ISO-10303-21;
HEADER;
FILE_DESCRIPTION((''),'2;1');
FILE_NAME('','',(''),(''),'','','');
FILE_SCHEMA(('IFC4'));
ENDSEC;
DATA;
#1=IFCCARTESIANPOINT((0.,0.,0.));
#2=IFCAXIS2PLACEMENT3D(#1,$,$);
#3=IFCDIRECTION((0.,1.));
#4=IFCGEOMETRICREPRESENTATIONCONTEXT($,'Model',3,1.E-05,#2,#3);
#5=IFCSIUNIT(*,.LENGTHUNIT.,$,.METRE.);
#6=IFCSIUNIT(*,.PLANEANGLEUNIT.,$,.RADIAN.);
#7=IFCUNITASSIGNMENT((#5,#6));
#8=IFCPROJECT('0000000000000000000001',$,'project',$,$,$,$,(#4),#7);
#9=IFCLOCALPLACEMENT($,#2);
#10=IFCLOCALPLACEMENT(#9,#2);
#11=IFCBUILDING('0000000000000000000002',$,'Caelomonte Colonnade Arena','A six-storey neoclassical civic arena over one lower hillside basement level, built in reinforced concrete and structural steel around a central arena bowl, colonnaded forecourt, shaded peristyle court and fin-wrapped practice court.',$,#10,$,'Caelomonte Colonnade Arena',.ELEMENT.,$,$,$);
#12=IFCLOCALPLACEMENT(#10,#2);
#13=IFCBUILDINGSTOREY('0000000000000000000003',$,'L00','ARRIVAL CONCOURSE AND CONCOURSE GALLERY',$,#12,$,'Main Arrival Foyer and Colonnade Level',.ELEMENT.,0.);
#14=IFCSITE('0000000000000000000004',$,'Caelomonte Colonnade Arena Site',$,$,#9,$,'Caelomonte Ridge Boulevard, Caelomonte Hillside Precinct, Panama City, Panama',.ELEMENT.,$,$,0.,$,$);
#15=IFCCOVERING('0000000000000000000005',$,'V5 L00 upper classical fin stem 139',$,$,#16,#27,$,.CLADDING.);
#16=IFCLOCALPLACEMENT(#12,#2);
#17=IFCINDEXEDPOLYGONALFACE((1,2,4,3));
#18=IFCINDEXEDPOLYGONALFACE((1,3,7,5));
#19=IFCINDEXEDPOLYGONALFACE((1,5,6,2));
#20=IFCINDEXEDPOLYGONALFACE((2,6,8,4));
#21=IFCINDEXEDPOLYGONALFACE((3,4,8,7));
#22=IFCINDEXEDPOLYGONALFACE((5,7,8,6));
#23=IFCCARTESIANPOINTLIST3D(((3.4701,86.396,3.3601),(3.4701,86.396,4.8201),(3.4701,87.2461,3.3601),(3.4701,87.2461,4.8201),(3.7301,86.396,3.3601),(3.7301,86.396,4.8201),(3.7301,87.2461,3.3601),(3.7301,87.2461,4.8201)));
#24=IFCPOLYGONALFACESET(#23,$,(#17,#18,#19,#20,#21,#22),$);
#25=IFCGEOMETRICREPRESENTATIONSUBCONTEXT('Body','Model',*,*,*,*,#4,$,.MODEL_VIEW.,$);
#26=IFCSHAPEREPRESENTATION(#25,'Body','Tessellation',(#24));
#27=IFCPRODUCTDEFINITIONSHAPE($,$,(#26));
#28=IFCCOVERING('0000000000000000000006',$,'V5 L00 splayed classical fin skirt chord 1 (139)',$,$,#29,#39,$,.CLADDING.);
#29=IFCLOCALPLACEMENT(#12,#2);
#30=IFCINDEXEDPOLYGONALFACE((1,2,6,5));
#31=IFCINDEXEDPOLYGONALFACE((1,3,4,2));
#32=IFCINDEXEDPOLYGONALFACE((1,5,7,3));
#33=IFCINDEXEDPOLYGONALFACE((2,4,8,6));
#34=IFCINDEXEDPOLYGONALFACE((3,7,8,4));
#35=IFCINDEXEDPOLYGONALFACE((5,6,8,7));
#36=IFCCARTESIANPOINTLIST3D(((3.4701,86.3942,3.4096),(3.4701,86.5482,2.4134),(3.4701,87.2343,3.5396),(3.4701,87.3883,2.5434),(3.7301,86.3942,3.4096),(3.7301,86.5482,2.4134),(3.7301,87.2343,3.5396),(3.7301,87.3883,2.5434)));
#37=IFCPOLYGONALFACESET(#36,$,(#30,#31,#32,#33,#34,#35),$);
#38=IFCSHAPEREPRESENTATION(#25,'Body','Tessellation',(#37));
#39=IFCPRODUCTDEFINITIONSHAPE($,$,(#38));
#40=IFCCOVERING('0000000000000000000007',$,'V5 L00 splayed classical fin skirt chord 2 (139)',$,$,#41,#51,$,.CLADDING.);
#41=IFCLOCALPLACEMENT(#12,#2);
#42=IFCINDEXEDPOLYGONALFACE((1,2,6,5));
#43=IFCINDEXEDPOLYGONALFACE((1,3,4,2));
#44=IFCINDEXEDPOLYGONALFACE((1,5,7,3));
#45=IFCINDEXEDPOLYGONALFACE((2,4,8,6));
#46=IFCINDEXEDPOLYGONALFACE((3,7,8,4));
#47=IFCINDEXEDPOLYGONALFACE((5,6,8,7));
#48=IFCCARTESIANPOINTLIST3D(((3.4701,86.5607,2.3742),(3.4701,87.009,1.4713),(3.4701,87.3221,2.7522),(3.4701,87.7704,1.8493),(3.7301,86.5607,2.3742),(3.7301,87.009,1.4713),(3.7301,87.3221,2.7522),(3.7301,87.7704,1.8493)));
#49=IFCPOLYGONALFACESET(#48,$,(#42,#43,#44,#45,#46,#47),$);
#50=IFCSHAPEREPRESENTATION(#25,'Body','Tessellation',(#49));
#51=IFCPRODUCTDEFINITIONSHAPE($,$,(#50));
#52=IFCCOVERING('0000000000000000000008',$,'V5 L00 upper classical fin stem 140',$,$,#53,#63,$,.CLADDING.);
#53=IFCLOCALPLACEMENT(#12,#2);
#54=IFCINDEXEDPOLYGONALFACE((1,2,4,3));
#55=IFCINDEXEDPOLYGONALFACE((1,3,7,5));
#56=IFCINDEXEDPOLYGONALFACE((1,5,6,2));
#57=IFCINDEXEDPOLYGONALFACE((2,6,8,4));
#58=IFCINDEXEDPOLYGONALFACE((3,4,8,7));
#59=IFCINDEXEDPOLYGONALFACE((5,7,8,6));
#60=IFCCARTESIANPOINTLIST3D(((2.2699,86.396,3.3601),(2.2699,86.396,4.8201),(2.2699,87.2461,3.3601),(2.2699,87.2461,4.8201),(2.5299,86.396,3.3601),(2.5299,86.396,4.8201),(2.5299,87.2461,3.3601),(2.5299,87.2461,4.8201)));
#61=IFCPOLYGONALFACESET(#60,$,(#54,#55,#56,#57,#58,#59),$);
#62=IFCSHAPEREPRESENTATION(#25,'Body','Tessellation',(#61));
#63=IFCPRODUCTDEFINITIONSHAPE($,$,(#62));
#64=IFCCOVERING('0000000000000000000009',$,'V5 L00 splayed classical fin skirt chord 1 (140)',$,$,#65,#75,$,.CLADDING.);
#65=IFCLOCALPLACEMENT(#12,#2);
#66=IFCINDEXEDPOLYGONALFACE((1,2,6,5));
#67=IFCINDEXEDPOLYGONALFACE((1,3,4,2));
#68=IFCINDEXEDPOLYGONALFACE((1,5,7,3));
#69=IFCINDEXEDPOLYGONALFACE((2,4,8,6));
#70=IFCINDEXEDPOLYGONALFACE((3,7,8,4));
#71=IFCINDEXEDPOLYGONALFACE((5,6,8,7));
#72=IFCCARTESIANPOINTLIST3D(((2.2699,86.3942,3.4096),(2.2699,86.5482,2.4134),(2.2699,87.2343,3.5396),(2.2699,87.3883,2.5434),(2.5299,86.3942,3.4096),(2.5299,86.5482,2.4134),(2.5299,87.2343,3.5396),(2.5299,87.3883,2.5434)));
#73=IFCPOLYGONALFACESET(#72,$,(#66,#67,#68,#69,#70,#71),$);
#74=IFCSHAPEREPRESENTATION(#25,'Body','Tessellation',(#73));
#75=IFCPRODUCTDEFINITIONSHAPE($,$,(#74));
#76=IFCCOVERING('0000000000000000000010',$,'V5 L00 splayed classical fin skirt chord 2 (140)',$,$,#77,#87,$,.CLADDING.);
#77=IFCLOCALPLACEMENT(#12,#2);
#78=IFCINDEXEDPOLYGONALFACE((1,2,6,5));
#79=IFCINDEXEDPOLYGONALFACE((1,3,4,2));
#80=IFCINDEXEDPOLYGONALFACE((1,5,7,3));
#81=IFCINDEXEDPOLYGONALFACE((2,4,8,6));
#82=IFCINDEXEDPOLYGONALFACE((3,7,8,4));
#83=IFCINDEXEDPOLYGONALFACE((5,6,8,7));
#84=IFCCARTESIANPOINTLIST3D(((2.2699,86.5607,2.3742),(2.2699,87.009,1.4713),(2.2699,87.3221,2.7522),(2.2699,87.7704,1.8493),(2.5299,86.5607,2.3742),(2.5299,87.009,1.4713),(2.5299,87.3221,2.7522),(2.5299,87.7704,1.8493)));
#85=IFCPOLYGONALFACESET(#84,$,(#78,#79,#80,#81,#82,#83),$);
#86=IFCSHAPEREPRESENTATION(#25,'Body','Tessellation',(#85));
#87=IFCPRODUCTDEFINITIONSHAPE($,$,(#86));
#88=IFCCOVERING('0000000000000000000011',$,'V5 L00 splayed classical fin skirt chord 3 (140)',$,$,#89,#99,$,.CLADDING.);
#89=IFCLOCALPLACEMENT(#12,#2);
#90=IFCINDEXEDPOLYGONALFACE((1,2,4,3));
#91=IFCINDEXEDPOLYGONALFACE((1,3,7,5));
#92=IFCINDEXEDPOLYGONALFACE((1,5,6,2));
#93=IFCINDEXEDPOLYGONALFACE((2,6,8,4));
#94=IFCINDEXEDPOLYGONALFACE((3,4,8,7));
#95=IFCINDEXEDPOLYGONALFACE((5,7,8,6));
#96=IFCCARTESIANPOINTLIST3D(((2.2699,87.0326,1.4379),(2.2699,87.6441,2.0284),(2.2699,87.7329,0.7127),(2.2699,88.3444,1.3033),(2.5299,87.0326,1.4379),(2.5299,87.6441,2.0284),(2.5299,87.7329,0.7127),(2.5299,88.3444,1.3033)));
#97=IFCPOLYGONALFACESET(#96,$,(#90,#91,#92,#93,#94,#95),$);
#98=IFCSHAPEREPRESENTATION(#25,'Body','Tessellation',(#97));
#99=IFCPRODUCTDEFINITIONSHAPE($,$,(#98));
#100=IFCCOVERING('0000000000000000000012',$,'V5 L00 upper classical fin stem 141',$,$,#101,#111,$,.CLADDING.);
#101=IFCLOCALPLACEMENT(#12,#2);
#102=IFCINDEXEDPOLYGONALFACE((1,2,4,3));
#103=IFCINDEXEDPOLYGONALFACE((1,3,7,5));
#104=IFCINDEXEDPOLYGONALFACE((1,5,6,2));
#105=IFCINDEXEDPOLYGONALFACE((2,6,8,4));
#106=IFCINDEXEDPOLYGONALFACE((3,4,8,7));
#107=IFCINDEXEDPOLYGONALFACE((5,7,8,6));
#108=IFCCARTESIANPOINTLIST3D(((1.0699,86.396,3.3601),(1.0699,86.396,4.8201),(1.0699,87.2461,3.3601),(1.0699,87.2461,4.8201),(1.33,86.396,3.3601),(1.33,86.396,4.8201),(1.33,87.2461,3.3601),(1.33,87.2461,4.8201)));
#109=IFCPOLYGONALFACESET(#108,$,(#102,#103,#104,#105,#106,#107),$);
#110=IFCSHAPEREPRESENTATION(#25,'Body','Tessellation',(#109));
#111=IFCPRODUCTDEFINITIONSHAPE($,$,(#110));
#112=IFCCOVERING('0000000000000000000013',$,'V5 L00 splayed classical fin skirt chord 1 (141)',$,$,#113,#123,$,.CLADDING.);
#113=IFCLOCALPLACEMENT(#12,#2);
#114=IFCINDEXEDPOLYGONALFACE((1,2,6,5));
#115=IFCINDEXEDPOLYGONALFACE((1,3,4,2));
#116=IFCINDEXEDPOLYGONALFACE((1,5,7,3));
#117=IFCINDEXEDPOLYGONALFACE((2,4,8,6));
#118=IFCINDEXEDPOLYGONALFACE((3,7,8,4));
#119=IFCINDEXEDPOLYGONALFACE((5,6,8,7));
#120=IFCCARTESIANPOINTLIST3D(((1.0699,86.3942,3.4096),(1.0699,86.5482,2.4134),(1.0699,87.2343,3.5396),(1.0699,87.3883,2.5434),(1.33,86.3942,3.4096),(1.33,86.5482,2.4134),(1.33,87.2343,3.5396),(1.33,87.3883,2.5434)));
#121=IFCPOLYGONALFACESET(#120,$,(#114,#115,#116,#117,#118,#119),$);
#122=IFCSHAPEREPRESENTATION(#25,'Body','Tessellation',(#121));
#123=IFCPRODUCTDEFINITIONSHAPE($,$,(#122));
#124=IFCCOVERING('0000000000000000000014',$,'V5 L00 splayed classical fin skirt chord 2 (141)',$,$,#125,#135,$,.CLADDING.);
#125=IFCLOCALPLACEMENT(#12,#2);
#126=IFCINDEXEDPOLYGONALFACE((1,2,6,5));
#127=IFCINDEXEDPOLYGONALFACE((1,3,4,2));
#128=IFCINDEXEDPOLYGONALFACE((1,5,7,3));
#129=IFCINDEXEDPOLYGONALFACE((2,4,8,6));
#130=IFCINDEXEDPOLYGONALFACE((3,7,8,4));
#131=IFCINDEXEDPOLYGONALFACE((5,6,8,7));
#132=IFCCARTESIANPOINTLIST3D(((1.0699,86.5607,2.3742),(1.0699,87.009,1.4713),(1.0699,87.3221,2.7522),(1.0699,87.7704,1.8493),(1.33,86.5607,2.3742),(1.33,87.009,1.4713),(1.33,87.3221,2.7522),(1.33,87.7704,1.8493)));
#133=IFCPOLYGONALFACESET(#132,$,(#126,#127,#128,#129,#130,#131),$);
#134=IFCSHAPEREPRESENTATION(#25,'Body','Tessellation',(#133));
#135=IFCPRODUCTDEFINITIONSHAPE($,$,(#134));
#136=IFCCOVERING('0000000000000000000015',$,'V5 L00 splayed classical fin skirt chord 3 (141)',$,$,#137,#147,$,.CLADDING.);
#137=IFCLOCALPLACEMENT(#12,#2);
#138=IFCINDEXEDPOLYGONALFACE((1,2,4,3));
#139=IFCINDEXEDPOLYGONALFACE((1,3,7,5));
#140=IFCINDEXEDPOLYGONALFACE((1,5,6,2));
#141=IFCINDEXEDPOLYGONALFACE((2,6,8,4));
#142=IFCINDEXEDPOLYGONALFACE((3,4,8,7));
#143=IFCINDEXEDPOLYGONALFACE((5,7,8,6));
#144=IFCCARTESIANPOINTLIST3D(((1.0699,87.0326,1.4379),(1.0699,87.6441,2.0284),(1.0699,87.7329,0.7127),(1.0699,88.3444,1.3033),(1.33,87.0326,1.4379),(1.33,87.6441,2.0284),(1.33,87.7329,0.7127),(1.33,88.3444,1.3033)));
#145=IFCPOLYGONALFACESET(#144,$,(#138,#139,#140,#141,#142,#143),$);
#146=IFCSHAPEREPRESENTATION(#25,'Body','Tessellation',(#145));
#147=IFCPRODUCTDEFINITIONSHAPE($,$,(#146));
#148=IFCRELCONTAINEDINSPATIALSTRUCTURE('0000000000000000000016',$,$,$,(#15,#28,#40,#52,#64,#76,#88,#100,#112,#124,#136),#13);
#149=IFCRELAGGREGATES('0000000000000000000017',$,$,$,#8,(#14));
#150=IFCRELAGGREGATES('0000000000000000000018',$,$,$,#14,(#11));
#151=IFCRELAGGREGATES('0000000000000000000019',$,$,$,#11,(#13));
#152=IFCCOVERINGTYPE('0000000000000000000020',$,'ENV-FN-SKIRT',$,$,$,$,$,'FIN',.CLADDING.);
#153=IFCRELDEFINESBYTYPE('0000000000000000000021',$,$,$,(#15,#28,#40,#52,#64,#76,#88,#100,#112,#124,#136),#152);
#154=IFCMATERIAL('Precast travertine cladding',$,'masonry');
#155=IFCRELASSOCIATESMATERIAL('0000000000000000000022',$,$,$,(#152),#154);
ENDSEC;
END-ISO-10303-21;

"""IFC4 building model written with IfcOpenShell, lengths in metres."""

from ifc_helpers import new_model, si_unit, direction, frame, origin, origin_2d, place, context, subcontext, project, spatial, rectangle, extrude, material, material_profile, profile_set, type_object, element, save


model = new_model("IFC4")

# Units and contexts
model_context = context("Model", 3, precision=1e-05, world=origin(), true_north=direction((0.0, 1.0)))
body_context = subcontext(model_context, "Body", "Model", "MODEL_VIEW")
ifc_project = project(units=[si_unit("LENGTHUNIT", "METRE"), si_unit("PLANEANGLEUNIT", "RADIAN")], contexts=[model_context])

# Site, building, storey
site_placement = place(None, origin())
site = spatial("IfcSite", under=ifc_project, at=site_placement, Name="Caelomonte Colonnade Arena Site", LongName="Caelomonte Ridge Boulevard, Caelomonte Hillside Precinct, Panama City, Panama", CompositionType="ELEMENT", RefElevation=0.0)
building_placement = place(site_placement, origin())
building = spatial("IfcBuilding", under=site, at=building_placement, Name="Caelomonte Colonnade Arena", Description="A six-storey neoclassical civic arena over one lower hillside basement level, built in reinforced concrete and structural steel around a central arena bowl, colonnaded forecourt, shaded peristyle court and fin-wrapped practice court.", LongName="Caelomonte Colonnade Arena", CompositionType="ELEMENT")
storey_placement = place(building_placement, origin())
storey = spatial("IfcBuildingStorey", under=building, at=storey_placement, Name="L00", Description="ARRIVAL CONCOURSE AND CONCOURSE GALLERY", LongName="Main Arrival Foyer and Colonnade Level", CompositionType="ELEMENT", Elevation=0.0)

# Coverings
ifc_material_1 = material(Name="Precast travertine cladding", Category="masonry")
ifc_material_profile_1 = material_profile(ifc_material_1, rectangle(XDim=0.26, YDim=0.8501, at=origin_2d()), Name="FIN260X850")
ifc_profile_set_1 = profile_set([ifc_material_profile_1], Name="Precast travertine cladding")
covering_type = type_object("IfcCoveringType", Name="ENV-FN-SKIRT", ElementType="FIN", PredefinedType="CLADDING", material=ifc_profile_set_1)
covering_1_placement = place(storey_placement, frame((3.6001, 86.821, 3.3601), z_axis=(0.0, 0.0, 1.0), x_axis=(1.0, 0.0, 0.0)))
element("IfcCovering", 1, at=covering_1_placement, inside=storey, type_object=covering_type, Name="V5 L00 upper classical fin stem 139", PredefinedType="CLADDING", context=body_context, shape_type="SweptSolid", body=[
    extrude(rectangle(XDim=0.26, YDim=0.8501, at=origin_2d()), origin(), (0.0, 0.0, 1.0), 1.46),
])
for number, where, z_axis, x_axis, name in (
    (2, (3.6001, 86.8142, 3.4746), (0.0, 0.15284, -0.988251), (-1.0, 0.0, 0.0), "V5 L00 splayed classical fin skirt chord 1 (139)"),
    (3, (3.6001, 86.9414, 2.5632), (0.0, 0.444693, -0.895683), (-1.0, 0.0, 0.0), "V5 L00 splayed classical fin skirt chord 2 (139)"),
):
    element("IfcCovering", number, at=place(storey_placement, frame(where, z_axis=z_axis, x_axis=x_axis)), inside=storey, type_object=covering_type, Name=name, PredefinedType="CLADDING", context=body_context, shape_type="SweptSolid", body=[
        extrude(rectangle(XDim=0.26, YDim=0.8501, at=origin_2d()), origin(), (0.0, 0.0, 1.0), 1.0081),
    ])
covering_2_placement = place(storey_placement, frame((2.3999, 86.821, 3.3601), z_axis=(0.0, 0.0, 1.0), x_axis=(1.0, 0.0, 0.0)))
element("IfcCovering", 4, at=covering_2_placement, inside=storey, type_object=covering_type, Name="V5 L00 upper classical fin stem 140", PredefinedType="CLADDING", context=body_context, shape_type="SweptSolid", body=[
    extrude(rectangle(XDim=0.26, YDim=0.8501, at=origin_2d()), origin(), (0.0, 0.0, 1.0), 1.46),
])
for number, where, z_axis, x_axis, name in (
    (5, (2.3999, 86.8142, 3.4746), (0.0, 0.15284, -0.988251), (-1.0, 0.0, 0.0), "V5 L00 splayed classical fin skirt chord 1 (140)"),
    (6, (2.3999, 86.9414, 2.5632), (0.0, 0.444693, -0.895683), (-1.0, 0.0, 0.0), "V5 L00 splayed classical fin skirt chord 2 (140)"),
    (7, (2.3999, 87.3384, 1.7332), (0.0, 0.694646, -0.719351), (-1.0, 0.0, 0.0), "V5 L00 splayed classical fin skirt chord 3 (140)"),
):
    element("IfcCovering", number, at=place(storey_placement, frame(where, z_axis=z_axis, x_axis=x_axis)), inside=storey, type_object=covering_type, Name=name, PredefinedType="CLADDING", context=body_context, shape_type="SweptSolid", body=[
        extrude(rectangle(XDim=0.26, YDim=0.8501, at=origin_2d()), origin(), (0.0, 0.0, 1.0), 1.0081),
    ])
covering_3_placement = place(storey_placement, frame((1.2, 86.821, 3.3601), z_axis=(0.0, 0.0, 1.0), x_axis=(1.0, 0.0, 0.0)))
element("IfcCovering", 8, at=covering_3_placement, inside=storey, type_object=covering_type, Name="V5 L00 upper classical fin stem 141", PredefinedType="CLADDING", context=body_context, shape_type="SweptSolid", body=[
    extrude(rectangle(XDim=0.26, YDim=0.8501, at=origin_2d()), origin(), (0.0, 0.0, 1.0), 1.46),
])
for number, where, z_axis, x_axis, name in (
    (9, (1.2, 86.8142, 3.4746), (0.0, 0.15284, -0.988251), (-1.0, 0.0, 0.0), "V5 L00 splayed classical fin skirt chord 1 (141)"),
    (10, (1.2, 86.9414, 2.5632), (0.0, 0.444693, -0.895683), (-1.0, 0.0, 0.0), "V5 L00 splayed classical fin skirt chord 2 (141)"),
    (11, (1.2, 87.3384, 1.7332), (0.0, 0.694646, -0.719351), (-1.0, 0.0, 0.0), "V5 L00 splayed classical fin skirt chord 3 (141)"),
):
    element("IfcCovering", number, at=place(storey_placement, frame(where, z_axis=z_axis, x_axis=x_axis)), inside=storey, type_object=covering_type, Name=name, PredefinedType="CLADDING", context=body_context, shape_type="SweptSolid", body=[
        extrude(rectangle(XDim=0.26, YDim=0.8501, at=origin_2d()), origin(), (0.0, 0.0, 1.0), 1.0081),
    ])

save(model, "model.ifc")
